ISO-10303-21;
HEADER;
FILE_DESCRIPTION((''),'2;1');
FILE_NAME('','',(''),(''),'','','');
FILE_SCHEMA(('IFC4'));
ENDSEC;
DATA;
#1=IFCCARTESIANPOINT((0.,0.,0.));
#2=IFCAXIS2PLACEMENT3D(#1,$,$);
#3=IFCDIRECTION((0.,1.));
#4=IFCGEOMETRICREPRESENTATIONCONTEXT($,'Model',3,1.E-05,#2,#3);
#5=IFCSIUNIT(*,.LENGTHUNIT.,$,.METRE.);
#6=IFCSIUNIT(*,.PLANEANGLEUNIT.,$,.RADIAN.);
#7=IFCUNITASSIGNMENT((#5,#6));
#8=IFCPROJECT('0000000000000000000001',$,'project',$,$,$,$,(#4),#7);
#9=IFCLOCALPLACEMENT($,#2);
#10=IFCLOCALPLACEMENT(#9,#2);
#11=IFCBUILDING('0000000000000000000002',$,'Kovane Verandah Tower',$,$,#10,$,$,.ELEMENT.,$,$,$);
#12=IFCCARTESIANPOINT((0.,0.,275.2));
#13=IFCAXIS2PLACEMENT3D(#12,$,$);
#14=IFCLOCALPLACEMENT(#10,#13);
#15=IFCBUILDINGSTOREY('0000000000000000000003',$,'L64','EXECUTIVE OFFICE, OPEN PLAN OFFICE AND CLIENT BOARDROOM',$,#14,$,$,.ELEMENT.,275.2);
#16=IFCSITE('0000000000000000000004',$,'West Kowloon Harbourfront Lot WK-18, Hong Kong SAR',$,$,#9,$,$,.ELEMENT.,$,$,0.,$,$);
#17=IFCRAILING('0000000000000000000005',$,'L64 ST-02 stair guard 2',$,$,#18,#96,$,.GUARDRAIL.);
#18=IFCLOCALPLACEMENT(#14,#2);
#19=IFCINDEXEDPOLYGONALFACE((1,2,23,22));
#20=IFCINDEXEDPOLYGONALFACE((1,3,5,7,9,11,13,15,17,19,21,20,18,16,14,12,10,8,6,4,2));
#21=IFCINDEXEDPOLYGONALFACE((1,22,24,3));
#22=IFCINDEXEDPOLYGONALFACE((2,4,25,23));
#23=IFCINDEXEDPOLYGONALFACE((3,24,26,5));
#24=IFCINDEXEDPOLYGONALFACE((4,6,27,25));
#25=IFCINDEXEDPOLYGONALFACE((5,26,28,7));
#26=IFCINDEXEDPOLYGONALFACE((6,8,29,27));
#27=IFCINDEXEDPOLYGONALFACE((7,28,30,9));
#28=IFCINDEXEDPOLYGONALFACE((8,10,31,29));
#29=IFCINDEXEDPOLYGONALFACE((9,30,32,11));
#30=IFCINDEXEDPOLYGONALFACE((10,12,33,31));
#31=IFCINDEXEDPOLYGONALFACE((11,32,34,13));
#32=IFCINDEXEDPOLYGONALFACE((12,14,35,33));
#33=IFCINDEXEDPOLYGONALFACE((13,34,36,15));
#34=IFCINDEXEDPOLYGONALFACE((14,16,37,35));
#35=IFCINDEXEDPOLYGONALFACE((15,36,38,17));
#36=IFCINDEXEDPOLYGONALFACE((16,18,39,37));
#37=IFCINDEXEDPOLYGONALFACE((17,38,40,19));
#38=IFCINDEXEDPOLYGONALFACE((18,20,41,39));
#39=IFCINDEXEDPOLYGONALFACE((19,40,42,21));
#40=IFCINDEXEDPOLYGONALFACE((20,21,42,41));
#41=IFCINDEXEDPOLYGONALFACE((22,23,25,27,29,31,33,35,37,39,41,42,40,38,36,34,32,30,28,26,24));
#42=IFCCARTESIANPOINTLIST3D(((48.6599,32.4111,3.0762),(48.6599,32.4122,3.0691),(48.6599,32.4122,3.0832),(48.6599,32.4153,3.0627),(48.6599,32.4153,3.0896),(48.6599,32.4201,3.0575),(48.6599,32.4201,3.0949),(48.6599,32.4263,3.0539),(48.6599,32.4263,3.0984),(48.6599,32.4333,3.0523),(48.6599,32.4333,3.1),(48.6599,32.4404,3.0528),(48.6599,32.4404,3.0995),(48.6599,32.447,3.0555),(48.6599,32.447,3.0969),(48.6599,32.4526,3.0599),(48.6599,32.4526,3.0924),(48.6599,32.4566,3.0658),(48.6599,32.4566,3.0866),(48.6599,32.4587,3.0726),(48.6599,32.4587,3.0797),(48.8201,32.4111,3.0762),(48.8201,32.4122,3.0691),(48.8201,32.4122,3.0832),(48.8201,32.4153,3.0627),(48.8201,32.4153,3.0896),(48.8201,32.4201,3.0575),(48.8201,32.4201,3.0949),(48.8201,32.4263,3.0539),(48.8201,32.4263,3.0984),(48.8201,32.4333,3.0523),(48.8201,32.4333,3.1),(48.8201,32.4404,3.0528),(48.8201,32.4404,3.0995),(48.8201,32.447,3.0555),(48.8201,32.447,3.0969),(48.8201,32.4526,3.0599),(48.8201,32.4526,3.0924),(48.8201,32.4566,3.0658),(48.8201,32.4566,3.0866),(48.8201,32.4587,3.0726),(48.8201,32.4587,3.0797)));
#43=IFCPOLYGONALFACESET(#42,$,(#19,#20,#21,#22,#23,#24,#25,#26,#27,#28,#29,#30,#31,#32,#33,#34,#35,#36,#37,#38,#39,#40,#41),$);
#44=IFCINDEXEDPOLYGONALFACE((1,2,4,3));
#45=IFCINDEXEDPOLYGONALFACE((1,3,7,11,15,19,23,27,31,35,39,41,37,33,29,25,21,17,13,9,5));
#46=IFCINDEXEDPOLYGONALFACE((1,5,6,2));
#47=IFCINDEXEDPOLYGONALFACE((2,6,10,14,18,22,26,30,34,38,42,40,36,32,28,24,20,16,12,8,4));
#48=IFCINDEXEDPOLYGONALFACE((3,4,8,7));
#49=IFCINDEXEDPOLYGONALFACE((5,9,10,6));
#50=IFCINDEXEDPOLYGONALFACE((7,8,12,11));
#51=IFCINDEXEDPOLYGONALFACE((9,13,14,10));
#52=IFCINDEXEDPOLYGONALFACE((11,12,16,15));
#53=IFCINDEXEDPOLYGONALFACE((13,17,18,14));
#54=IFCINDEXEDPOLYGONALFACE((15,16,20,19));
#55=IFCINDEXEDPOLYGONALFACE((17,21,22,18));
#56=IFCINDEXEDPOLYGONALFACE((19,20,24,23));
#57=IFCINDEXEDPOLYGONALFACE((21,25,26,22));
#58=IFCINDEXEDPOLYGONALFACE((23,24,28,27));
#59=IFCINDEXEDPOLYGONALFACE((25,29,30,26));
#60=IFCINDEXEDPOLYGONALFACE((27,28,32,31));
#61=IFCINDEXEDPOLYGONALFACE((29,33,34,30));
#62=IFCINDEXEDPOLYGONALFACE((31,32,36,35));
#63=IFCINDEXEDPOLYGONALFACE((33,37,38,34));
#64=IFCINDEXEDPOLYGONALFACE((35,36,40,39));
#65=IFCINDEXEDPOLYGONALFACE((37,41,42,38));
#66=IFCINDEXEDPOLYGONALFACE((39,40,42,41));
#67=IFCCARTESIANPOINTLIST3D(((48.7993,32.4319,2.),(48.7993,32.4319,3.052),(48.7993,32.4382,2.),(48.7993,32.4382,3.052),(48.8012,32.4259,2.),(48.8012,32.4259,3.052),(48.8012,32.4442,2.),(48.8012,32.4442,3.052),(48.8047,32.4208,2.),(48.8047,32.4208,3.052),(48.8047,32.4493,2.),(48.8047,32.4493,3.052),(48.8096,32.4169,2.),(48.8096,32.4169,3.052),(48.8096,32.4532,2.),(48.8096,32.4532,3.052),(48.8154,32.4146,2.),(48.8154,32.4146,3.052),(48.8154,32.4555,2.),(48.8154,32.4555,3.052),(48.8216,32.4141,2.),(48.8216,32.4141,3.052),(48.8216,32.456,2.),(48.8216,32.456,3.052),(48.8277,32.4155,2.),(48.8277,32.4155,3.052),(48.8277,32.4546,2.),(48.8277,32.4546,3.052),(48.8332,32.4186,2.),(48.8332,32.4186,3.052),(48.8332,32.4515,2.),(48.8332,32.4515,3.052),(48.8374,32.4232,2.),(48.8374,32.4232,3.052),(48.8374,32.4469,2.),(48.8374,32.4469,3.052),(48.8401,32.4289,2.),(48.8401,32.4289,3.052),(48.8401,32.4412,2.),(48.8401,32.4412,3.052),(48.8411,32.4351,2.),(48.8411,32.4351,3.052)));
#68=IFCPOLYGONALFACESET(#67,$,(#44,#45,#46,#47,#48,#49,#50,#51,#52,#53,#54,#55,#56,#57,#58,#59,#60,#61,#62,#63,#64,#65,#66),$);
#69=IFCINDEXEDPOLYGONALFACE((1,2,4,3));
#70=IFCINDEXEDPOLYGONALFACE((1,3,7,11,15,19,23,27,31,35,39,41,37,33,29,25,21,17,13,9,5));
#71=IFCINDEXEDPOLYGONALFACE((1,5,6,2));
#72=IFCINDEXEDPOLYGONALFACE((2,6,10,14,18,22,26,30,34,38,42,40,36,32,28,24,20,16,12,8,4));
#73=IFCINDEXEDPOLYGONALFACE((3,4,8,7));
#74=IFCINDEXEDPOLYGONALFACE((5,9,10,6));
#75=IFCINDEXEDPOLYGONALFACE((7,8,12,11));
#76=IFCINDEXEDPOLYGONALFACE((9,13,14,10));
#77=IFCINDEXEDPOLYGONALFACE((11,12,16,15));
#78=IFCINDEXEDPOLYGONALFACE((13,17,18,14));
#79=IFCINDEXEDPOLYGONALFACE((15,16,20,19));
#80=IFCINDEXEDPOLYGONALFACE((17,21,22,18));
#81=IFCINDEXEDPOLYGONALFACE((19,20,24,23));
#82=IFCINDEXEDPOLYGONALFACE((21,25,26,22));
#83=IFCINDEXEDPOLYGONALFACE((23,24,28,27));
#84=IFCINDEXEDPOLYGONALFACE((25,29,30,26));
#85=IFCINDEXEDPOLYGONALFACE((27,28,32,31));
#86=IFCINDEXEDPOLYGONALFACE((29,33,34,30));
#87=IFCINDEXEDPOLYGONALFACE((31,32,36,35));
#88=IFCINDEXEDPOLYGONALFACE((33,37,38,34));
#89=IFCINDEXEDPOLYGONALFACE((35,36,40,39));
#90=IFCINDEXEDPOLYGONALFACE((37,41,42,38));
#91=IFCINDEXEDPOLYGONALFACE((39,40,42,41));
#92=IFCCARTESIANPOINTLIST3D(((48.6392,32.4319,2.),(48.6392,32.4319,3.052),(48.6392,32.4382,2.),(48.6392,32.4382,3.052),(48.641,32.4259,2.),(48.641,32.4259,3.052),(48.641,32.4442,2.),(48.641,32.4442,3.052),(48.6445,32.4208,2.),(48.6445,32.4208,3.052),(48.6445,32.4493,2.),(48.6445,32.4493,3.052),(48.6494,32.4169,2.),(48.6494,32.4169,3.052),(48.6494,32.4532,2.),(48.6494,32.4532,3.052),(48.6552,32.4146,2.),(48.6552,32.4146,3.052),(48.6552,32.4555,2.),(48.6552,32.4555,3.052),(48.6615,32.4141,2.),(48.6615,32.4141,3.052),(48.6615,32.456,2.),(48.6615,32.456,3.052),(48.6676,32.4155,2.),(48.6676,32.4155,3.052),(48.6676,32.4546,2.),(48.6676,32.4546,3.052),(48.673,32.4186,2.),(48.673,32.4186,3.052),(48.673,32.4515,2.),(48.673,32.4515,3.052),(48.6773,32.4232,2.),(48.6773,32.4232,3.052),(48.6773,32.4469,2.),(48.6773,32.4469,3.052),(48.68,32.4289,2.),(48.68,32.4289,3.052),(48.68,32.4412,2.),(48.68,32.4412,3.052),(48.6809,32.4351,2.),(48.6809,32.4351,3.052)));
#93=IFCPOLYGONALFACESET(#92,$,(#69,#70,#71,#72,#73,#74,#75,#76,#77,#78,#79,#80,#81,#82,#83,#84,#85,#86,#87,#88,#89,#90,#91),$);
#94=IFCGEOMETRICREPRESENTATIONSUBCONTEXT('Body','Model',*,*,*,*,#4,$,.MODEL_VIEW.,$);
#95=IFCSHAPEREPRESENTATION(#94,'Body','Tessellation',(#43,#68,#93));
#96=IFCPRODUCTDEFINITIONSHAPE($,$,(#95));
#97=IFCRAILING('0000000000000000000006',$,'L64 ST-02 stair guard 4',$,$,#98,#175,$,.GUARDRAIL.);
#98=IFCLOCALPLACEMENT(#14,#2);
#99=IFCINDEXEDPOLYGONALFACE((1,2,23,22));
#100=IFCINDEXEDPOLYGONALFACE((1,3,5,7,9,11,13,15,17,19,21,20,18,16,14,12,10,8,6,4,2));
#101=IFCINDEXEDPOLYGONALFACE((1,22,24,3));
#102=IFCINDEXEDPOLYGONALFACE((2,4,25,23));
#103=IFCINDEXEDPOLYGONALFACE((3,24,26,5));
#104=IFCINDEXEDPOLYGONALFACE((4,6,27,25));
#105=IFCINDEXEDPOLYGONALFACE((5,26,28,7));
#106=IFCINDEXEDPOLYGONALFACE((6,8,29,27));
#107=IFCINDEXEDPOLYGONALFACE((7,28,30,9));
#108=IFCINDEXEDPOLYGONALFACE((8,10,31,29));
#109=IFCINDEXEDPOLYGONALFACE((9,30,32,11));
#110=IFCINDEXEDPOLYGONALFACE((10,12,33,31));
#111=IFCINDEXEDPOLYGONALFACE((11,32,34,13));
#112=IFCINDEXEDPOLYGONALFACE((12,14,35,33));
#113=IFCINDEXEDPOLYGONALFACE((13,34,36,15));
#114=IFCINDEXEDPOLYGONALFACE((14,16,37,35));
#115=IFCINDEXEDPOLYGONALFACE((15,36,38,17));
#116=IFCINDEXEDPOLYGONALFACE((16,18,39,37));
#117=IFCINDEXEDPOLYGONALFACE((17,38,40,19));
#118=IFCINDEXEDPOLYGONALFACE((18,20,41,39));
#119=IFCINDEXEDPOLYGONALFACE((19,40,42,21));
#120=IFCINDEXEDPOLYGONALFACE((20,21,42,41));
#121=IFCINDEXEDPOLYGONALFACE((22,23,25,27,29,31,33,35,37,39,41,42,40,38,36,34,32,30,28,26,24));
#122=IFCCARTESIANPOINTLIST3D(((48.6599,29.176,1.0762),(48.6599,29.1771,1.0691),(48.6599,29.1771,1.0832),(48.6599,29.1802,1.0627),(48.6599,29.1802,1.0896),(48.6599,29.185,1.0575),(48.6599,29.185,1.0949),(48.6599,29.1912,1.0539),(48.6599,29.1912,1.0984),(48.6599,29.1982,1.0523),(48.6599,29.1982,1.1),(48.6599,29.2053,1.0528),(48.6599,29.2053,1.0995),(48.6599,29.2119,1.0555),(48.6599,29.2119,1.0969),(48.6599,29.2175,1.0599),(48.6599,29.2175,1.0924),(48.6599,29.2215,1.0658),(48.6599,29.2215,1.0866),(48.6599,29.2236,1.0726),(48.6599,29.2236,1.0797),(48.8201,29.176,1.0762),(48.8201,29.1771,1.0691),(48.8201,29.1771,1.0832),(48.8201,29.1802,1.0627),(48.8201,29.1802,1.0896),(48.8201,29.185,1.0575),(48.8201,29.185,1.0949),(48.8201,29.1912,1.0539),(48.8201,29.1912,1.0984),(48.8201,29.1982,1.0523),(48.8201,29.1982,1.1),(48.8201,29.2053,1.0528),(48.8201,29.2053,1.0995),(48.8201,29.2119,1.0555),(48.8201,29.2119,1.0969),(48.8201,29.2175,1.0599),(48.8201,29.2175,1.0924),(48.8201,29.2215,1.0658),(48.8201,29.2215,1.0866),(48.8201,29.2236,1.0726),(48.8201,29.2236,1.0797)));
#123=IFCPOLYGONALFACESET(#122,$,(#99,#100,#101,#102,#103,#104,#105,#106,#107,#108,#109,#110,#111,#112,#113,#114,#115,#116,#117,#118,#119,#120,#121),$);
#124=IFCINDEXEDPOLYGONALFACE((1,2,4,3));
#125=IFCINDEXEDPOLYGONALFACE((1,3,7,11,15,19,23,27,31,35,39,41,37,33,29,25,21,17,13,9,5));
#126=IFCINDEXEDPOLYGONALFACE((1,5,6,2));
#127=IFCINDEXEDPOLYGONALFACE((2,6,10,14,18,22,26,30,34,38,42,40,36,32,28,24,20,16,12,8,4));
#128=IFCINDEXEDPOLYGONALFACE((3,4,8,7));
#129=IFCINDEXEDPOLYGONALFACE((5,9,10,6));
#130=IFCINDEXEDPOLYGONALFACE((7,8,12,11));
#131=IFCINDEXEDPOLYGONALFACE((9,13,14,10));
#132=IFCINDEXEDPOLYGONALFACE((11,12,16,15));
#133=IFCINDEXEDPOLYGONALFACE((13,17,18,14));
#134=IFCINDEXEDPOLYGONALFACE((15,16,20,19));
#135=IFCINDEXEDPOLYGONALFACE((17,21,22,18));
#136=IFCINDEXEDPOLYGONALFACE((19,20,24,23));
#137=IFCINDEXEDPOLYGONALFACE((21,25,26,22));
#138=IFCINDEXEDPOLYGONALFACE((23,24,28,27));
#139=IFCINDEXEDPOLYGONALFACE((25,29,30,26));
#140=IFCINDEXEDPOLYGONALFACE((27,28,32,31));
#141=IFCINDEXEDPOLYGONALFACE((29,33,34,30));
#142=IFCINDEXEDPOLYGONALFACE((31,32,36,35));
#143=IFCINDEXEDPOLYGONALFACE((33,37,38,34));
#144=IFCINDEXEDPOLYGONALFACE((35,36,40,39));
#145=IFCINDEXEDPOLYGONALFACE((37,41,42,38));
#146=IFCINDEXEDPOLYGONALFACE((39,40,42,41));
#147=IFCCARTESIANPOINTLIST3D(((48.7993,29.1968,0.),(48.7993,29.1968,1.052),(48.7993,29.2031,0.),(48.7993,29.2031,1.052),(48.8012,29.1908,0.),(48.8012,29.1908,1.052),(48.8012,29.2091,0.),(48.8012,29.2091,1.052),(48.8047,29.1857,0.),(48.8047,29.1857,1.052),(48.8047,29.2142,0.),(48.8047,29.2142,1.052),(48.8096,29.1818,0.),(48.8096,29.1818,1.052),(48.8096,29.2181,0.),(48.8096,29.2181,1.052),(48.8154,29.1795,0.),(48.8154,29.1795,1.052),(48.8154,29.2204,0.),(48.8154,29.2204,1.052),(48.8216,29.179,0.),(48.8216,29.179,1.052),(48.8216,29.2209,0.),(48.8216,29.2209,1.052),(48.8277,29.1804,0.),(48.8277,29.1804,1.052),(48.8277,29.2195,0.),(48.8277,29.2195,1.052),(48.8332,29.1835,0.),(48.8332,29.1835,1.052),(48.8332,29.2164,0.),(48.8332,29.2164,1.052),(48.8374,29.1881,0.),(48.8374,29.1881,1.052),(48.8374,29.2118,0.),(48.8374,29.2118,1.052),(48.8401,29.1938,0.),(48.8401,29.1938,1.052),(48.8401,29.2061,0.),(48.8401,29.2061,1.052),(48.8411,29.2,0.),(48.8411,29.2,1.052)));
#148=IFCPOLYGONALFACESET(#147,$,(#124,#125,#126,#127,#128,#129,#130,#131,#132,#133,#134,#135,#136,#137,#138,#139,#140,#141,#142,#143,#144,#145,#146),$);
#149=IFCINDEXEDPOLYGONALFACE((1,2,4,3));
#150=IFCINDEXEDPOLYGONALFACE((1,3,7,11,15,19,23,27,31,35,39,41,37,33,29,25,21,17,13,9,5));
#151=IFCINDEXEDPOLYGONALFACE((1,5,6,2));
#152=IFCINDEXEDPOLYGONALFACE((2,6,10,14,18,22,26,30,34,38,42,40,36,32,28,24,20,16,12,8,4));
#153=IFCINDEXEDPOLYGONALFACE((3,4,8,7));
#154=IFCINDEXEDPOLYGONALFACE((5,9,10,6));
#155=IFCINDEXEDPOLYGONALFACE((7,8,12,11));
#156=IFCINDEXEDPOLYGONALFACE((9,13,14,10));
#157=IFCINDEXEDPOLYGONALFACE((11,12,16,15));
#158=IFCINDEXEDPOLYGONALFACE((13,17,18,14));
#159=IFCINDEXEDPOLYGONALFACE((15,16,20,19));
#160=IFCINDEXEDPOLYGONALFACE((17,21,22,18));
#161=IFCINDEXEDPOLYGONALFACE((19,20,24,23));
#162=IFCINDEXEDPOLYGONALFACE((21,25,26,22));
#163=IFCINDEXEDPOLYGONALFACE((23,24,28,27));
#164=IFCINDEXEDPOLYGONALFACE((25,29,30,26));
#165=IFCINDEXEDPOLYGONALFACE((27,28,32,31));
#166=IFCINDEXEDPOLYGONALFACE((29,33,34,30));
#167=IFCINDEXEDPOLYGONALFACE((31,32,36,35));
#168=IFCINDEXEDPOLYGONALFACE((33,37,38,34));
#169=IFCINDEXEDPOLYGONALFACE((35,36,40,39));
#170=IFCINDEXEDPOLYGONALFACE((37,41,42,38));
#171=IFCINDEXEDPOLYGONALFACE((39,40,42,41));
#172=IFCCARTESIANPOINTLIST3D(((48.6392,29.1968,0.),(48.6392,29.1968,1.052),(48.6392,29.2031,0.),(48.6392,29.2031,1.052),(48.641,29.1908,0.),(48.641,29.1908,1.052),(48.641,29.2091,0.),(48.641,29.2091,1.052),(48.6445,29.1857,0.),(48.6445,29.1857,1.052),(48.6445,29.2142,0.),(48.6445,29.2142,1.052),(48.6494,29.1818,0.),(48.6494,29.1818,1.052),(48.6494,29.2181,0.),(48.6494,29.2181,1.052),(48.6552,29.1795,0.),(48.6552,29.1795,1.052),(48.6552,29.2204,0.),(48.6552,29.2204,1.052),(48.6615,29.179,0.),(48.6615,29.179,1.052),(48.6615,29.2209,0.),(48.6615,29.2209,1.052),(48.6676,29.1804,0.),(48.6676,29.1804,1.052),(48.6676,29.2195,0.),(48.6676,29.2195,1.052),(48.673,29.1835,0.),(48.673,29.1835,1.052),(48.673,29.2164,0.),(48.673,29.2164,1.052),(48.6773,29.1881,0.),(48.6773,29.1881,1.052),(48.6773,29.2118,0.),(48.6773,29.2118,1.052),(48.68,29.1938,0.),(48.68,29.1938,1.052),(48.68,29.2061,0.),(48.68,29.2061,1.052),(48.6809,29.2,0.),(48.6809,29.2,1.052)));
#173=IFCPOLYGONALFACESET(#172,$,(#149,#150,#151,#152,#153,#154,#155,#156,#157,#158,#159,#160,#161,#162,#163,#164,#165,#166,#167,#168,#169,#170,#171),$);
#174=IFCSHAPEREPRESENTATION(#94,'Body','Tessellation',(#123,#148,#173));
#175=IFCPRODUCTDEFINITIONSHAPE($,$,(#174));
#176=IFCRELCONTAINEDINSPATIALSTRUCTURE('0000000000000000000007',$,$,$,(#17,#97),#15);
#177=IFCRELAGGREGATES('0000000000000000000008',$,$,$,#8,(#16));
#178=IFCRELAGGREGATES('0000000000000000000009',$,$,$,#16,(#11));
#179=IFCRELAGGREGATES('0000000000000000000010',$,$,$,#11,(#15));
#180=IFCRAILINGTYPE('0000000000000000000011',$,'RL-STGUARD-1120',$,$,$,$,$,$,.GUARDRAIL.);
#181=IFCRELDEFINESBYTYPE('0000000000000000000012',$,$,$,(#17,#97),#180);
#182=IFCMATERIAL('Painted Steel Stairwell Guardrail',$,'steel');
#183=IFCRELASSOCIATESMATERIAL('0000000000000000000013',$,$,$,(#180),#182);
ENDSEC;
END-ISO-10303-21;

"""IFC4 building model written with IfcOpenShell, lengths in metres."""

from ifc_helpers import new_model, si_unit, direction, frame, origin, origin_2d, place, context, subcontext, project, spatial, circle, extrude, material, type_object, element, save


model = new_model("IFC4")

# Units and contexts
model_context = context("Model", 3, precision=1e-05, world=origin(), true_north=direction((0.0, 1.0)))
body_context = subcontext(model_context, "Body", "Model", "MODEL_VIEW")
ifc_project = project(units=[si_unit("LENGTHUNIT", "METRE"), si_unit("PLANEANGLEUNIT", "RADIAN")], contexts=[model_context])

# Site, building, storey
site_placement = place(None, origin())
site = spatial("IfcSite", under=ifc_project, at=site_placement, Name="West Kowloon Harbourfront Lot WK-18, Hong Kong SAR", CompositionType="ELEMENT", RefElevation=0.0)
building_placement = place(site_placement, origin())
building = spatial("IfcBuilding", under=site, at=building_placement, Name="Kovane Verandah Tower", CompositionType="ELEMENT")
storey_placement = place(building_placement, frame((0.0, 0.0, 275.2)))
storey = spatial("IfcBuildingStorey", under=building, at=storey_placement, Name="L64", Description="EXECUTIVE OFFICE, OPEN PLAN OFFICE AND CLIENT BOARDROOM", CompositionType="ELEMENT", Elevation=275.2)

# Railings
ifc_material_1 = material(Name="Painted Steel Stairwell Guardrail", Category="steel")
railing_type_1 = type_object("IfcRailingType", Name="RL-STGUARD-1120", PredefinedType="GUARDRAIL", material=ifc_material_1)
for number, where, name in (
    (1, (48.8201, 32.4351, 2.0), "L64 ST-02 stair guard 2"),
    (2, (48.8201, 29.2, 0.0), "L64 ST-02 stair guard 4"),
):
    element("IfcRailing", number, at=place(storey_placement, frame(where)), inside=storey, type_object=railing_type_1, Name=name, PredefinedType="GUARDRAIL", context=body_context, shape_type="SweptSolid", body=[
        extrude(circle(Radius=0.0239, at=origin_2d()), frame((0.0, 0.0, 1.0762), z_axis=(-1.0, 0.0, 0.0), x_axis=(0.0, -1.0, 0.0)), (0.0, 0.0, 1.0), 0.1602),
        extrude(circle(Radius=0.021, at=origin_2d()), origin(), (0.0, 0.0, 1.0), 1.052),
        extrude(circle(Radius=0.021, at=origin_2d()), frame((-0.1602, 0.0, 0.0)), (0.0, 0.0, 1.0), 1.052),
    ])

save(model, "model.ifc")
